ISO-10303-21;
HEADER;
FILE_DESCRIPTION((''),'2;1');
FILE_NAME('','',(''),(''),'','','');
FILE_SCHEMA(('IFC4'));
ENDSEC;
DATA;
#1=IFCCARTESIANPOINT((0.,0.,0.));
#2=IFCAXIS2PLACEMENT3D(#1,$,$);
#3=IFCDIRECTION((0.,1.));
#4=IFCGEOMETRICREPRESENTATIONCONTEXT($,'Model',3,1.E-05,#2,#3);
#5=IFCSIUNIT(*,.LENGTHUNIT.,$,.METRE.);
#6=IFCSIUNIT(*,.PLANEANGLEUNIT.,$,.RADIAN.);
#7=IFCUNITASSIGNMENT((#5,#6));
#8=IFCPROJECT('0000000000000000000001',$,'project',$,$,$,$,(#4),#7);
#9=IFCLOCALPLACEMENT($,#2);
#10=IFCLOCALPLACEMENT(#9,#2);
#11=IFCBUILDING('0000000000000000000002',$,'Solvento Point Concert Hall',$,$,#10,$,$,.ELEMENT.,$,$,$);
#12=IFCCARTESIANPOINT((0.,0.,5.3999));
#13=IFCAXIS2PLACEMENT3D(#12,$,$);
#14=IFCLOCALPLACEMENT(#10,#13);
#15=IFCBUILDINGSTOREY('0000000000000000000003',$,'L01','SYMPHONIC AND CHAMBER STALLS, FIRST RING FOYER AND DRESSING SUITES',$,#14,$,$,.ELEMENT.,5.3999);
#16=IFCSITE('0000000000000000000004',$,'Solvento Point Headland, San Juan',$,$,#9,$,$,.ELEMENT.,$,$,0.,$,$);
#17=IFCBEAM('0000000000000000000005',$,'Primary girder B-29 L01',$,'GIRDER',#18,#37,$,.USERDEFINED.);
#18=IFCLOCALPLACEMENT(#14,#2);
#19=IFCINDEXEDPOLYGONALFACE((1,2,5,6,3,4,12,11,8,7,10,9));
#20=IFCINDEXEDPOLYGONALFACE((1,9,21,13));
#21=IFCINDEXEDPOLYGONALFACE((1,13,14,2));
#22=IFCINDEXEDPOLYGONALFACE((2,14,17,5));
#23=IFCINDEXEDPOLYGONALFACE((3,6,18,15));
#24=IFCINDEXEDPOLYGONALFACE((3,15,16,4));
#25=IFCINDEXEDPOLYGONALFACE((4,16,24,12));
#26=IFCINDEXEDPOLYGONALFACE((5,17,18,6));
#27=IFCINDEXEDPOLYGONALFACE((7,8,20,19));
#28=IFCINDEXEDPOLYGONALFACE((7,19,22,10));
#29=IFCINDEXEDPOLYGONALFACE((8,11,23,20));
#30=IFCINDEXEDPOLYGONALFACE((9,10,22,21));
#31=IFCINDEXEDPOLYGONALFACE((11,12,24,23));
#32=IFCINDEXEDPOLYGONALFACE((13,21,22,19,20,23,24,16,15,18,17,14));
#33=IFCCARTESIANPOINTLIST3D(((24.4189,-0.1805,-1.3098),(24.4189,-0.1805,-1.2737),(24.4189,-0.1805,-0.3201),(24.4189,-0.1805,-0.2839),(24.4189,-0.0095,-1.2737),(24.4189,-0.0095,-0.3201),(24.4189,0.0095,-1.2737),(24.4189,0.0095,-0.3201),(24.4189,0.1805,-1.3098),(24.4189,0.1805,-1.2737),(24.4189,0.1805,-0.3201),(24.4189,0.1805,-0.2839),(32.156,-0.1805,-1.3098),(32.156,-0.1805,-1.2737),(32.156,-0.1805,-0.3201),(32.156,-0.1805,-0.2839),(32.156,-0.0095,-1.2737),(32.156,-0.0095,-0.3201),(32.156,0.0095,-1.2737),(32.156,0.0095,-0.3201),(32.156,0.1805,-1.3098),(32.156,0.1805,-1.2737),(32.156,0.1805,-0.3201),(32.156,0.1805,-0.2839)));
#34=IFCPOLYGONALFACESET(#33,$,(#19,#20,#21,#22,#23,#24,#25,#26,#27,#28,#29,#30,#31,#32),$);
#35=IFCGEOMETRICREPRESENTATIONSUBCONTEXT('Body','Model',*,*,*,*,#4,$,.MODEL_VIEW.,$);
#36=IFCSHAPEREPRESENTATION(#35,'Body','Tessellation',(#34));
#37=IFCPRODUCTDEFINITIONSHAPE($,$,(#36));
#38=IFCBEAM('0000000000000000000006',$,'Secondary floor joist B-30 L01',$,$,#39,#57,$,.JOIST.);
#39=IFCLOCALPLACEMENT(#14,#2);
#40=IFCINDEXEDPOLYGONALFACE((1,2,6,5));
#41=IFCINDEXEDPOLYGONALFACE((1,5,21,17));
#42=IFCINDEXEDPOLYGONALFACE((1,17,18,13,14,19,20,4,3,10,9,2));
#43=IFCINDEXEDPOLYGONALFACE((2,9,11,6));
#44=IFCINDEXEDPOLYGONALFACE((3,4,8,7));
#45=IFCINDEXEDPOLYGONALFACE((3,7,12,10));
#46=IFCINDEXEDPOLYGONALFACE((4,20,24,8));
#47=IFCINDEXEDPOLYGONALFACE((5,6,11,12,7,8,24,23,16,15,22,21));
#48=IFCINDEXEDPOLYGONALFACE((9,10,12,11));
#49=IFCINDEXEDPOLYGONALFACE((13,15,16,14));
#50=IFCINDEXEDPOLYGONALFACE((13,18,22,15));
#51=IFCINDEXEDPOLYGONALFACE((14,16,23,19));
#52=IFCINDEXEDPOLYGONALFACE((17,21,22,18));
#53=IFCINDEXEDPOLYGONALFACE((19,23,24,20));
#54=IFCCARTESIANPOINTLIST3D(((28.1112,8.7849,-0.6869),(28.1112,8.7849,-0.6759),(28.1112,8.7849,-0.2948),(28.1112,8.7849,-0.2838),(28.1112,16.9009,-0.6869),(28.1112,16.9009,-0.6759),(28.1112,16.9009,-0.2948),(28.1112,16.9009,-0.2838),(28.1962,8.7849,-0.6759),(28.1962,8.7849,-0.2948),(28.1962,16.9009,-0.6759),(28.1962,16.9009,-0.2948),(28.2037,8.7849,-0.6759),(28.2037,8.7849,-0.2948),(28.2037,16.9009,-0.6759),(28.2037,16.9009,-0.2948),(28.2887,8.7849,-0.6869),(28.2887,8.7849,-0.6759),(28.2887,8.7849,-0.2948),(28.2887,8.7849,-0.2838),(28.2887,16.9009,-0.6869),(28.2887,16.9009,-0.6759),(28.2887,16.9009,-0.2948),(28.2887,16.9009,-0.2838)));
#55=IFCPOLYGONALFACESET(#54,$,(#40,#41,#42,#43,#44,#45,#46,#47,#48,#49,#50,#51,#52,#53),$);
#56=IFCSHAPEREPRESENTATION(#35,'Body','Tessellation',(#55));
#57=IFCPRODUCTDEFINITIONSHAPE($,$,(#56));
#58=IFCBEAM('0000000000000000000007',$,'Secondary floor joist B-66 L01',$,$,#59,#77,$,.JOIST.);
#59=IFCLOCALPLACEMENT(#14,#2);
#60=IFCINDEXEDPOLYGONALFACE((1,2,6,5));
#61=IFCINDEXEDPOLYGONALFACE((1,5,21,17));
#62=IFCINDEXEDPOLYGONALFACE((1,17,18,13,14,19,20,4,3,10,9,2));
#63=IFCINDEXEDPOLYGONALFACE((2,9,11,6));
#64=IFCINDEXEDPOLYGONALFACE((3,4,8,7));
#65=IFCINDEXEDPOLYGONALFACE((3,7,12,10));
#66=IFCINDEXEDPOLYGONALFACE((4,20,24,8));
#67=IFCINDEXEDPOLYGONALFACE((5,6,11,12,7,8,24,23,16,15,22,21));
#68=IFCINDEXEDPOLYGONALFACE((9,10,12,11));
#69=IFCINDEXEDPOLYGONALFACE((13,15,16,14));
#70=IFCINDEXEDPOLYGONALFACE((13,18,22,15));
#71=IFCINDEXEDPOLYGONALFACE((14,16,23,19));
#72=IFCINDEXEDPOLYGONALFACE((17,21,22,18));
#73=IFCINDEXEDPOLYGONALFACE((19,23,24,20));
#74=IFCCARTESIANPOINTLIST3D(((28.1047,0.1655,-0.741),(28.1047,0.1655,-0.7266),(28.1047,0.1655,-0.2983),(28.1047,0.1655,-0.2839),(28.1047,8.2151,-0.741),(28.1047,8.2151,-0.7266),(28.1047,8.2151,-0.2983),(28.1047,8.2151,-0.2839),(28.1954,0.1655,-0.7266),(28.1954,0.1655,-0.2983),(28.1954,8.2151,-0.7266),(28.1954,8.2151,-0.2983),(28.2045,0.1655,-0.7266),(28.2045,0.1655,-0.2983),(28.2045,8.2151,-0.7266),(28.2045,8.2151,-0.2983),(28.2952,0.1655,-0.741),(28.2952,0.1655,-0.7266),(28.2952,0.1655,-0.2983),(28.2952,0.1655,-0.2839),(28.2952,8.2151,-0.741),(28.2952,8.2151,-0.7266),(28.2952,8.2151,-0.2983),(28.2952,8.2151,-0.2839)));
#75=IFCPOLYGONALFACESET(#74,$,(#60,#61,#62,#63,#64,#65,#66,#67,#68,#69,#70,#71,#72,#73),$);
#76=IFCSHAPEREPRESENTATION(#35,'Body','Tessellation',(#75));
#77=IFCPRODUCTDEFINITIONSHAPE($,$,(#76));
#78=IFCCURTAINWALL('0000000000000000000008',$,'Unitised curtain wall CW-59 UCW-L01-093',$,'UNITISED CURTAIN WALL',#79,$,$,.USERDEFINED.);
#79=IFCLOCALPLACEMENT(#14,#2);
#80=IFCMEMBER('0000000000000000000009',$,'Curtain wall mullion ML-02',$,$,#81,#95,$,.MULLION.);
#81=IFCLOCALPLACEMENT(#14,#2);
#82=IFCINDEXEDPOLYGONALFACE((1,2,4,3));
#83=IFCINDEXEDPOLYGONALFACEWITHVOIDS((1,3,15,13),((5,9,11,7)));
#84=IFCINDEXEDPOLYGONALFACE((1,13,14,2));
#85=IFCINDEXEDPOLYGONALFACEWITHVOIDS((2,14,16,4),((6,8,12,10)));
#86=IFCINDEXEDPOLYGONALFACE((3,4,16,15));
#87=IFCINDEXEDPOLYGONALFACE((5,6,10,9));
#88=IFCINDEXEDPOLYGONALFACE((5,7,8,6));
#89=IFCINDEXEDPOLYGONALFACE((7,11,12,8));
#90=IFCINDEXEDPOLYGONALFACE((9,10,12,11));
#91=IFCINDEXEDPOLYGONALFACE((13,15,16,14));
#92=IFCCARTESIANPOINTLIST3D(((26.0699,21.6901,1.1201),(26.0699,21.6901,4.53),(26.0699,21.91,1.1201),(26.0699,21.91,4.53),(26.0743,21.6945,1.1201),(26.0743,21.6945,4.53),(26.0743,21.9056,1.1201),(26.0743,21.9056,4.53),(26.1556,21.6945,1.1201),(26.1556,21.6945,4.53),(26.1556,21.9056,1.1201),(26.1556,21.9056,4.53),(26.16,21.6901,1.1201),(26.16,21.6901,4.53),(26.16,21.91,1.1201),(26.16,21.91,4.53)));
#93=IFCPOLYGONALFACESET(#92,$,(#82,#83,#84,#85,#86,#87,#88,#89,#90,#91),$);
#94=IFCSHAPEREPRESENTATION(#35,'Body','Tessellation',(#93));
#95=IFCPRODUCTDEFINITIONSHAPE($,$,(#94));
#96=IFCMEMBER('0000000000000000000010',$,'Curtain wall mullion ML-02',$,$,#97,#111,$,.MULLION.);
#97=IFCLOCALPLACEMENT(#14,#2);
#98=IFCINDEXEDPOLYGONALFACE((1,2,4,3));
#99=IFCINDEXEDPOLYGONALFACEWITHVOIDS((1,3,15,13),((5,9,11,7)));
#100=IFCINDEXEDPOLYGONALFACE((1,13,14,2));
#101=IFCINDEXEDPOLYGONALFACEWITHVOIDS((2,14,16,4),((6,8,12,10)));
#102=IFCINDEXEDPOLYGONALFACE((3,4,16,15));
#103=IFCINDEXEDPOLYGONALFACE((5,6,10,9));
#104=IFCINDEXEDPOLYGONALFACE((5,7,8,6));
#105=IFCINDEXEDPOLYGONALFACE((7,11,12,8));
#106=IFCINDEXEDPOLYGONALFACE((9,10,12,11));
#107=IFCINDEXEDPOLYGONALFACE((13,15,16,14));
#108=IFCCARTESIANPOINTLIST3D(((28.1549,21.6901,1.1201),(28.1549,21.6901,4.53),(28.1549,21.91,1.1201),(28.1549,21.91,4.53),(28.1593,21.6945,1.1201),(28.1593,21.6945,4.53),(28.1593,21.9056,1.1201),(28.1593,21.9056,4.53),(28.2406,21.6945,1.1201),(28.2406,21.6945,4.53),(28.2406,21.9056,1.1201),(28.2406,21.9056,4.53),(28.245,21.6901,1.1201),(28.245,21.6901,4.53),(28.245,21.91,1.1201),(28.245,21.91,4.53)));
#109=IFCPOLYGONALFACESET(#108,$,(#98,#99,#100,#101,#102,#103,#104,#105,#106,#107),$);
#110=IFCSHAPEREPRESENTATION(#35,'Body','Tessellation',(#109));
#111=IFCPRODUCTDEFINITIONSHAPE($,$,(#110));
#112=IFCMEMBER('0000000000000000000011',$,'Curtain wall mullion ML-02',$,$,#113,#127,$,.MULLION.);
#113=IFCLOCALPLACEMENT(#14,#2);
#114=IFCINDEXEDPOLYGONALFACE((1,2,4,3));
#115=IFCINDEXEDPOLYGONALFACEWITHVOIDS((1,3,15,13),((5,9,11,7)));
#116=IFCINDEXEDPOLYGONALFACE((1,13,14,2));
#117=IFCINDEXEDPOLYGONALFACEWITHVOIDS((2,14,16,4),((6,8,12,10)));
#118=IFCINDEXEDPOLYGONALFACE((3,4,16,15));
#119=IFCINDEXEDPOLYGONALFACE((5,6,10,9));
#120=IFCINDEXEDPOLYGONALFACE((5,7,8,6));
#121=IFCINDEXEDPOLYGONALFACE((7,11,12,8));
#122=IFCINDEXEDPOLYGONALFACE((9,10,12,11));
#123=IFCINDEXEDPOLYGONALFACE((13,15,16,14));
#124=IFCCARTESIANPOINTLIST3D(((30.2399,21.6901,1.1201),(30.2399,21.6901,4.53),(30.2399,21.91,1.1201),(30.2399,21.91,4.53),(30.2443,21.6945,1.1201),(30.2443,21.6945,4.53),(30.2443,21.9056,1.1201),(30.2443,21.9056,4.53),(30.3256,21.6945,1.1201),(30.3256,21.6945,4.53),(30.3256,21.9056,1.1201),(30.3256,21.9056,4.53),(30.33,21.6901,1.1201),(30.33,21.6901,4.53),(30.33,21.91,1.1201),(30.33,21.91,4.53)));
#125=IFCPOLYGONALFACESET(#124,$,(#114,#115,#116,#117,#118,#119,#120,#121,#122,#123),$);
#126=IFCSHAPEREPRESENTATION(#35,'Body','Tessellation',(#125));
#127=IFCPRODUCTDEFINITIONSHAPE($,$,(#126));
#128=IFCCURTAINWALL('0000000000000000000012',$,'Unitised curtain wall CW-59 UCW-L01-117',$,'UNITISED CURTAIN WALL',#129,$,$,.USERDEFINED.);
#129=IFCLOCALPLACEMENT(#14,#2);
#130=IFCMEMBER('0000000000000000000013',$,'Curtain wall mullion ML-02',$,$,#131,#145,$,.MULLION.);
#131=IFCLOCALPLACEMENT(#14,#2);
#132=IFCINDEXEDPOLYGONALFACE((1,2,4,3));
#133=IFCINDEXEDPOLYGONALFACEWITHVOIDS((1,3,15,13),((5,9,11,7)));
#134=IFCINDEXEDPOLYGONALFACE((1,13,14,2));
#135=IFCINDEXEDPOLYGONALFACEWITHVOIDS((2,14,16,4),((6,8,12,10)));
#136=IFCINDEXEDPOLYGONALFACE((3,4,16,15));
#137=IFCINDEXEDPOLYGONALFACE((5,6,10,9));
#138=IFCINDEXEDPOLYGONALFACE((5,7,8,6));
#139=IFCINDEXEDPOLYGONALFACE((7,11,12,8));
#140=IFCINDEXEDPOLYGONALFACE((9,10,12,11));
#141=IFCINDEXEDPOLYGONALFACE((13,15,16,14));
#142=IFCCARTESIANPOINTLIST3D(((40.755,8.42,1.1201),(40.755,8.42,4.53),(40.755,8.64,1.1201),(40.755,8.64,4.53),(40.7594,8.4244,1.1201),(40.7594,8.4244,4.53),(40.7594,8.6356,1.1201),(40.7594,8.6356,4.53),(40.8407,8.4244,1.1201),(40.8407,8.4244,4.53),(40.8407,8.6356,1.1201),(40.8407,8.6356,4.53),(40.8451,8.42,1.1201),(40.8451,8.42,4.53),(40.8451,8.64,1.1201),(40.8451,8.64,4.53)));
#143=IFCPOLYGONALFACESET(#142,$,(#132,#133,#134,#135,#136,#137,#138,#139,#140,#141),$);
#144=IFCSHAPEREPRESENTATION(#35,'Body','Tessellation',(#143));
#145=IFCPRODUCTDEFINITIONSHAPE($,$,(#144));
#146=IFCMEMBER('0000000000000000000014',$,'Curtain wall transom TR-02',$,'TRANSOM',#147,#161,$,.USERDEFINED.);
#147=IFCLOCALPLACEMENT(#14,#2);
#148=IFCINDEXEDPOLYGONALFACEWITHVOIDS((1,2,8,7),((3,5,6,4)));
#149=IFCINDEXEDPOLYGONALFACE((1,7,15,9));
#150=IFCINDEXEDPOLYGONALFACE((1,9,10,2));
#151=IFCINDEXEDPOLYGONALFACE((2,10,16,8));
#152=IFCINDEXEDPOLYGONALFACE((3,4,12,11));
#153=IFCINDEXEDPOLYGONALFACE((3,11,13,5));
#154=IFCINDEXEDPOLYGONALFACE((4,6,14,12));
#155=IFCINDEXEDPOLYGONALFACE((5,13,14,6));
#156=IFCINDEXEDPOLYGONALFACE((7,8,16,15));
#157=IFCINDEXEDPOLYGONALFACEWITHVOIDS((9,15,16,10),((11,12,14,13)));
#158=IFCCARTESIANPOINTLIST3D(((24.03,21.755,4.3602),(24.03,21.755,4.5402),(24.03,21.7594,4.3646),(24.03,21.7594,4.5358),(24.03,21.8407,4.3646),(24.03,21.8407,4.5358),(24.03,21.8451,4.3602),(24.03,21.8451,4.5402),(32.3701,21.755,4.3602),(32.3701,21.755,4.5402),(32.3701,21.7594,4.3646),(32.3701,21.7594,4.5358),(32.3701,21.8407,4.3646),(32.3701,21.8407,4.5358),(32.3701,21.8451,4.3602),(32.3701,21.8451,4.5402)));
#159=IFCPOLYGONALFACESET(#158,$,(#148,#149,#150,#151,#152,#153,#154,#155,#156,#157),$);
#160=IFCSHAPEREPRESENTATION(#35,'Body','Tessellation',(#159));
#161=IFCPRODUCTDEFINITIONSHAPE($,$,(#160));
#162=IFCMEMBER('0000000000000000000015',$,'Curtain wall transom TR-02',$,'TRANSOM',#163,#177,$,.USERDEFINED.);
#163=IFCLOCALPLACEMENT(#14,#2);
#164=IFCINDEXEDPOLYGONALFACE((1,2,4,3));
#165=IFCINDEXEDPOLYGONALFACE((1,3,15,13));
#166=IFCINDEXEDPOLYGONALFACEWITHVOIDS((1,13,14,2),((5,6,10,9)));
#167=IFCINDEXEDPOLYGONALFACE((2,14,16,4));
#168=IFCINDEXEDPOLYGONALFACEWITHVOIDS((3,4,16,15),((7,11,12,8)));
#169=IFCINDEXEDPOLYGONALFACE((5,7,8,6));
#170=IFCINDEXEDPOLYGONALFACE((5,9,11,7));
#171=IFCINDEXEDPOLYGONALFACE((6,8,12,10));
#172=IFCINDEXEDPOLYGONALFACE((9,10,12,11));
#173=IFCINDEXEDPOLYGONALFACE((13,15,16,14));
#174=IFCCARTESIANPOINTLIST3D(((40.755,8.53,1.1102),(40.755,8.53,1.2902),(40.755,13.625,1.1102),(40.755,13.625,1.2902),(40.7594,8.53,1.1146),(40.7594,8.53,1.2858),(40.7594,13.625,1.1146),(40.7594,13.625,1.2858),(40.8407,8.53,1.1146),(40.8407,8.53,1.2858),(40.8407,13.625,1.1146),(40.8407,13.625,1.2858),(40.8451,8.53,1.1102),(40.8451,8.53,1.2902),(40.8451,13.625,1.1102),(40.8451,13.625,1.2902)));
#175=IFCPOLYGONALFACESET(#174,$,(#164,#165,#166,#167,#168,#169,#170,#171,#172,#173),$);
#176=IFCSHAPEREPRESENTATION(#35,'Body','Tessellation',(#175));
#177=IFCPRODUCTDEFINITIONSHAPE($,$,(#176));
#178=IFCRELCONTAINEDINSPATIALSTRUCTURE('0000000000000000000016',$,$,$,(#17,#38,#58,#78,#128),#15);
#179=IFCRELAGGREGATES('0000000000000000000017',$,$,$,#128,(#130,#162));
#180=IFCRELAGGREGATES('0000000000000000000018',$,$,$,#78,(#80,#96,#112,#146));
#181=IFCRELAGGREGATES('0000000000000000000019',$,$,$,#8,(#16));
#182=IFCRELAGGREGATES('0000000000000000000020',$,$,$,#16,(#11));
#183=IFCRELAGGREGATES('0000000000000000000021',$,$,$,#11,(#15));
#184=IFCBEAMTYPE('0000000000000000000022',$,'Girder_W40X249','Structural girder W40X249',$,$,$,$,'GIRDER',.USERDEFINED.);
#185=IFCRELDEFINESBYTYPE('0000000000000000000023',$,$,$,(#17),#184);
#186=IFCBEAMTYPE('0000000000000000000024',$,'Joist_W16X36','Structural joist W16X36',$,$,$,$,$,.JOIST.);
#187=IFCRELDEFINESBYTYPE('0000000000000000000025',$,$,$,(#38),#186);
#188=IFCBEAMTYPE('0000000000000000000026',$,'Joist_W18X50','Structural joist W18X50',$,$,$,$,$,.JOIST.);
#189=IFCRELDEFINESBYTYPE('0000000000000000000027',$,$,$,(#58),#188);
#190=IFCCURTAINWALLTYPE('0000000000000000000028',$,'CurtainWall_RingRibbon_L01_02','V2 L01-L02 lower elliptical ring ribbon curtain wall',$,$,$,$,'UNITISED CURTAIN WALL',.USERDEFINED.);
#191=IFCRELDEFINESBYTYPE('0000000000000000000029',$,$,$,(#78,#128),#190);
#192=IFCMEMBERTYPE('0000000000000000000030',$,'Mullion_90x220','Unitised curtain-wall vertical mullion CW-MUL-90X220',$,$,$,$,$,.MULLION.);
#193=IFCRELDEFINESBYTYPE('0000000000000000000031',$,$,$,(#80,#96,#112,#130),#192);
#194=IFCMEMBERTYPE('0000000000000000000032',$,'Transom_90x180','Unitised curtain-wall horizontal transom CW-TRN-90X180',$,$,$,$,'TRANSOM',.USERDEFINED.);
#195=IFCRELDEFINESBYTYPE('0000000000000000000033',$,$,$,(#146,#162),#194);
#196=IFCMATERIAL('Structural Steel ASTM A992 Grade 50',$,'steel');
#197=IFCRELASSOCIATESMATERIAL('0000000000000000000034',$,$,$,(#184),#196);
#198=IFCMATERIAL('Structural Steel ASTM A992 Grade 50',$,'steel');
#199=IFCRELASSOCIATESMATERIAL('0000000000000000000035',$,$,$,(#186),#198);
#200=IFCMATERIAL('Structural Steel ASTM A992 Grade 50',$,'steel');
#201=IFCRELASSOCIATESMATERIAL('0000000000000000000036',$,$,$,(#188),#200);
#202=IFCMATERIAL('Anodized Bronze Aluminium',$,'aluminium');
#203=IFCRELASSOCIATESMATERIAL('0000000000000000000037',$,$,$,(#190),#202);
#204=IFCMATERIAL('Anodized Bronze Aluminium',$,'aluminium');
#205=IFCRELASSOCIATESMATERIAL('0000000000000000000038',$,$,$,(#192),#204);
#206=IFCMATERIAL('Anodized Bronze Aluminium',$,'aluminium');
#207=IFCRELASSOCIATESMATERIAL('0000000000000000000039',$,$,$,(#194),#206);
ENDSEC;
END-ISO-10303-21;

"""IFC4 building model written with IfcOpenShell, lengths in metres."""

from ifc_helpers import new_model, si_unit, direction, frame, origin, origin_2d, place, context, subcontext, project, spatial, hollow_rectangle, i_section, extrude, material, material_profile, profile_set, type_object, element, aggregate, save


model = new_model("IFC4")

# Units and contexts
model_context = context("Model", 3, precision=1e-05, world=origin(), true_north=direction((0.0, 1.0)))
body_context = subcontext(model_context, "Body", "Model", "MODEL_VIEW")
ifc_project = project(units=[si_unit("LENGTHUNIT", "METRE"), si_unit("PLANEANGLEUNIT", "RADIAN")], contexts=[model_context])

# Site, building, storey
site_placement = place(None, origin())
site = spatial("IfcSite", under=ifc_project, at=site_placement, Name="Solvento Point Headland, San Juan", CompositionType="ELEMENT", RefElevation=0.0)
building_placement = place(site_placement, origin())
building = spatial("IfcBuilding", under=site, at=building_placement, Name="Solvento Point Concert Hall", CompositionType="ELEMENT")
storey_placement = place(building_placement, frame((0.0, 0.0, 5.3999)))
storey = spatial("IfcBuildingStorey", under=building, at=storey_placement, Name="L01", Description="SYMPHONIC AND CHAMBER STALLS, FIRST RING FOYER AND DRESSING SUITES", CompositionType="ELEMENT", Elevation=5.3999)

# Beams
ifc_material_1 = material(Name="Structural Steel ASTM A992 Grade 50", Category="steel")
ifc_material_profile_1 = material_profile(ifc_material_1, i_section(OverallWidth=0.3611, OverallDepth=1.0259, WebThickness=0.019, FlangeThickness=0.0361, at=origin_2d()), Name="W40X249")
ifc_profile_set_1 = profile_set([ifc_material_profile_1], Name="Structural Steel ASTM A992 Grade 50")
beam_type_1 = type_object("IfcBeamType", Name="Girder_W40X249", Description="Structural girder W40X249", ElementType="GIRDER", PredefinedType="USERDEFINED", material=ifc_profile_set_1)
beam_1_placement = place(storey_placement, frame((24.4189, 0.0, -0.7969), z_axis=(1.0, 0.0, 0.0), x_axis=(0.0, 1.0, 0.0)))
element("IfcBeam", 1, at=beam_1_placement, inside=storey, type_object=beam_type_1, Name="Primary girder B-29 L01", ObjectType="GIRDER", PredefinedType="USERDEFINED", context=body_context, shape_type="SweptSolid", body=[
    extrude(i_section(OverallWidth=0.3611, OverallDepth=1.0259, WebThickness=0.019, FlangeThickness=0.0361, at=origin_2d()), origin(), (0.0, 0.0, 1.0), 7.7371),
])
ifc_material_2 = material(Name="Structural Steel ASTM A992 Grade 50", Category="steel")
ifc_material_profile_2 = material_profile(ifc_material_2, i_section(OverallWidth=0.1775, OverallDepth=0.4031, WebThickness=0.0076, FlangeThickness=0.011, at=origin_2d()), Name="W16X36")
ifc_profile_set_2 = profile_set([ifc_material_profile_2], Name="Structural Steel ASTM A992 Grade 50")
beam_type_2 = type_object("IfcBeamType", Name="Joist_W16X36", Description="Structural joist W16X36", PredefinedType="JOIST", material=ifc_profile_set_2)
beam_2_placement = place(storey_placement, frame((28.2, 8.7849, -0.4854), z_axis=(0.0, 1.0, 0.0), x_axis=(-1.0, 0.0, 0.0)))
element("IfcBeam", 2, at=beam_2_placement, inside=storey, type_object=beam_type_2, Name="Secondary floor joist B-30 L01", PredefinedType="JOIST", context=body_context, shape_type="SweptSolid", body=[
    extrude(i_section(OverallWidth=0.1775, OverallDepth=0.4031, WebThickness=0.0076, FlangeThickness=0.011, at=origin_2d()), origin(), (0.0, 0.0, 1.0), 8.116),
])
ifc_material_3 = material(Name="Structural Steel ASTM A992 Grade 50", Category="steel")
ifc_material_profile_3 = material_profile(ifc_material_3, i_section(OverallWidth=0.1904, OverallDepth=0.457, WebThickness=0.009, FlangeThickness=0.0144, at=origin_2d()), Name="W18X50")
ifc_profile_set_3 = profile_set([ifc_material_profile_3], Name="Structural Steel ASTM A992 Grade 50")
beam_type_3 = type_object("IfcBeamType", Name="Joist_W18X50", Description="Structural joist W18X50", PredefinedType="JOIST", material=ifc_profile_set_3)
beam_3_placement = place(storey_placement, frame((28.2, 0.1655, -0.5125), z_axis=(0.0, 1.0, 0.0), x_axis=(-1.0, 0.0, 0.0)))
element("IfcBeam", 3, at=beam_3_placement, inside=storey, type_object=beam_type_3, Name="Secondary floor joist B-66 L01", PredefinedType="JOIST", context=body_context, shape_type="SweptSolid", body=[
    extrude(i_section(OverallWidth=0.1904, OverallDepth=0.457, WebThickness=0.009, FlangeThickness=0.0144, at=origin_2d()), origin(), (0.0, 0.0, 1.0), 8.0496),
])

# Curtain wall, members
ifc_material_4 = material(Name="Anodized Bronze Aluminium", Category="aluminium")
curtain_wall_type = type_object("IfcCurtainWallType", Name="CurtainWall_RingRibbon_L01_02", Description="V2 L01-L02 lower elliptical ring ribbon curtain wall", ElementType="UNITISED CURTAIN WALL", PredefinedType="USERDEFINED", material=ifc_material_4)
curtain_wall_1_placement = place(storey_placement, origin())
curtain_wall_1 = element("IfcCurtainWall", 4, at=curtain_wall_1_placement, inside=storey, type_object=curtain_wall_type, Name="Unitised curtain wall CW-59 UCW-L01-093", ObjectType="UNITISED CURTAIN WALL", PredefinedType="USERDEFINED")
ifc_material_5 = material(Name="Anodized Bronze Aluminium", Category="aluminium")
ifc_material_profile_4 = material_profile(ifc_material_5, hollow_rectangle(XDim=0.0901, YDim=0.22, WallThickness=0.0044, at=origin_2d()), Name="CW-MUL-90X220")
ifc_profile_set_4 = profile_set([ifc_material_profile_4], Name="Anodized Bronze Aluminium")
member_type_1 = type_object("IfcMemberType", Name="Mullion_90x220", Description="Unitised curtain-wall vertical mullion CW-MUL-90X220", PredefinedType="MULLION", material=ifc_profile_set_4)
member_1_placement = place(storey_placement, frame((26.115, 21.8, 1.1201), z_axis=(0.0, 0.0, 1.0), x_axis=(1.0, 0.0, 0.0)))
member_1 = element("IfcMember", 5, at=member_1_placement, type_object=member_type_1, Name="Curtain wall mullion ML-02", PredefinedType="MULLION", context=body_context, shape_type="SweptSolid", body=[
    extrude(hollow_rectangle(XDim=0.0901, YDim=0.22, WallThickness=0.0044, at=origin_2d()), origin(), (0.0, 0.0, 1.0), 3.4099),
])
member_2_placement = place(storey_placement, frame((28.2, 21.8, 1.1201), z_axis=(0.0, 0.0, 1.0), x_axis=(1.0, 0.0, 0.0)))
member_2 = element("IfcMember", 6, at=member_2_placement, type_object=member_type_1, Name="Curtain wall mullion ML-02", PredefinedType="MULLION", context=body_context, shape_type="SweptSolid", body=[
    extrude(hollow_rectangle(XDim=0.0901, YDim=0.22, WallThickness=0.0044, at=origin_2d()), origin(), (0.0, 0.0, 1.0), 3.4099),
])
member_3_placement = place(storey_placement, frame((30.2849, 21.8, 1.1201), z_axis=(0.0, 0.0, 1.0), x_axis=(1.0, 0.0, 0.0)))
member_3 = element("IfcMember", 7, at=member_3_placement, type_object=member_type_1, Name="Curtain wall mullion ML-02", PredefinedType="MULLION", context=body_context, shape_type="SweptSolid", body=[
    extrude(hollow_rectangle(XDim=0.0901, YDim=0.22, WallThickness=0.0044, at=origin_2d()), origin(), (0.0, 0.0, 1.0), 3.4099),
])

# Curtain wall, member
curtain_wall_2_placement = place(storey_placement, origin())
curtain_wall_2 = element("IfcCurtainWall", 8, at=curtain_wall_2_placement, inside=storey, type_object=curtain_wall_type, Name="Unitised curtain wall CW-59 UCW-L01-117", ObjectType="UNITISED CURTAIN WALL", PredefinedType="USERDEFINED")
member_4_placement = place(storey_placement, frame((40.8, 8.53, 1.1201), z_axis=(0.0, 0.0, 1.0), x_axis=(1.0, 0.0, 0.0)))
member_4 = element("IfcMember", 9, at=member_4_placement, type_object=member_type_1, Name="Curtain wall mullion ML-02", PredefinedType="MULLION", context=body_context, shape_type="SweptSolid", body=[
    extrude(hollow_rectangle(XDim=0.0901, YDim=0.22, WallThickness=0.0044, at=origin_2d()), origin(), (0.0, 0.0, 1.0), 3.4099),
])

# Members
ifc_material_6 = material(Name="Anodized Bronze Aluminium", Category="aluminium")
ifc_material_profile_5 = material_profile(ifc_material_6, hollow_rectangle(XDim=0.0901, YDim=0.1799, WallThickness=0.0044, at=origin_2d()), Name="CW-TRN-90X180")
ifc_profile_set_5 = profile_set([ifc_material_profile_5], Name="Anodized Bronze Aluminium")
member_type_2 = type_object("IfcMemberType", Name="Transom_90x180", Description="Unitised curtain-wall horizontal transom CW-TRN-90X180", ElementType="TRANSOM", PredefinedType="USERDEFINED", material=ifc_profile_set_5)
member_5_placement = place(storey_placement, frame((24.03, 21.8, 4.4502), z_axis=(1.0, 0.0, 0.0), x_axis=(0.0, 1.0, 0.0)))
member_5 = element("IfcMember", 10, at=member_5_placement, type_object=member_type_2, Name="Curtain wall transom TR-02", ObjectType="TRANSOM", PredefinedType="USERDEFINED", context=body_context, shape_type="SweptSolid", body=[
    extrude(hollow_rectangle(XDim=0.0901, YDim=0.1799, WallThickness=0.0044, at=origin_2d()), origin(), (0.0, 0.0, 1.0), 8.3401),
])
member_6_placement = place(storey_placement, frame((40.8, 8.53, 1.2002), z_axis=(0.0, 1.0, 0.0), x_axis=(-1.0, 0.0, 0.0)))
member_6 = element("IfcMember", 11, at=member_6_placement, type_object=member_type_2, Name="Curtain wall transom TR-02", ObjectType="TRANSOM", PredefinedType="USERDEFINED", context=body_context, shape_type="SweptSolid", body=[
    extrude(hollow_rectangle(XDim=0.0901, YDim=0.1799, WallThickness=0.0044, at=origin_2d()), origin(), (0.0, 0.0, 1.0), 5.095),
])
aggregate(curtain_wall_2, [member_4, member_6])

aggregate(curtain_wall_1, [member_1, member_2, member_3, member_5])

save(model, "model.ifc")
